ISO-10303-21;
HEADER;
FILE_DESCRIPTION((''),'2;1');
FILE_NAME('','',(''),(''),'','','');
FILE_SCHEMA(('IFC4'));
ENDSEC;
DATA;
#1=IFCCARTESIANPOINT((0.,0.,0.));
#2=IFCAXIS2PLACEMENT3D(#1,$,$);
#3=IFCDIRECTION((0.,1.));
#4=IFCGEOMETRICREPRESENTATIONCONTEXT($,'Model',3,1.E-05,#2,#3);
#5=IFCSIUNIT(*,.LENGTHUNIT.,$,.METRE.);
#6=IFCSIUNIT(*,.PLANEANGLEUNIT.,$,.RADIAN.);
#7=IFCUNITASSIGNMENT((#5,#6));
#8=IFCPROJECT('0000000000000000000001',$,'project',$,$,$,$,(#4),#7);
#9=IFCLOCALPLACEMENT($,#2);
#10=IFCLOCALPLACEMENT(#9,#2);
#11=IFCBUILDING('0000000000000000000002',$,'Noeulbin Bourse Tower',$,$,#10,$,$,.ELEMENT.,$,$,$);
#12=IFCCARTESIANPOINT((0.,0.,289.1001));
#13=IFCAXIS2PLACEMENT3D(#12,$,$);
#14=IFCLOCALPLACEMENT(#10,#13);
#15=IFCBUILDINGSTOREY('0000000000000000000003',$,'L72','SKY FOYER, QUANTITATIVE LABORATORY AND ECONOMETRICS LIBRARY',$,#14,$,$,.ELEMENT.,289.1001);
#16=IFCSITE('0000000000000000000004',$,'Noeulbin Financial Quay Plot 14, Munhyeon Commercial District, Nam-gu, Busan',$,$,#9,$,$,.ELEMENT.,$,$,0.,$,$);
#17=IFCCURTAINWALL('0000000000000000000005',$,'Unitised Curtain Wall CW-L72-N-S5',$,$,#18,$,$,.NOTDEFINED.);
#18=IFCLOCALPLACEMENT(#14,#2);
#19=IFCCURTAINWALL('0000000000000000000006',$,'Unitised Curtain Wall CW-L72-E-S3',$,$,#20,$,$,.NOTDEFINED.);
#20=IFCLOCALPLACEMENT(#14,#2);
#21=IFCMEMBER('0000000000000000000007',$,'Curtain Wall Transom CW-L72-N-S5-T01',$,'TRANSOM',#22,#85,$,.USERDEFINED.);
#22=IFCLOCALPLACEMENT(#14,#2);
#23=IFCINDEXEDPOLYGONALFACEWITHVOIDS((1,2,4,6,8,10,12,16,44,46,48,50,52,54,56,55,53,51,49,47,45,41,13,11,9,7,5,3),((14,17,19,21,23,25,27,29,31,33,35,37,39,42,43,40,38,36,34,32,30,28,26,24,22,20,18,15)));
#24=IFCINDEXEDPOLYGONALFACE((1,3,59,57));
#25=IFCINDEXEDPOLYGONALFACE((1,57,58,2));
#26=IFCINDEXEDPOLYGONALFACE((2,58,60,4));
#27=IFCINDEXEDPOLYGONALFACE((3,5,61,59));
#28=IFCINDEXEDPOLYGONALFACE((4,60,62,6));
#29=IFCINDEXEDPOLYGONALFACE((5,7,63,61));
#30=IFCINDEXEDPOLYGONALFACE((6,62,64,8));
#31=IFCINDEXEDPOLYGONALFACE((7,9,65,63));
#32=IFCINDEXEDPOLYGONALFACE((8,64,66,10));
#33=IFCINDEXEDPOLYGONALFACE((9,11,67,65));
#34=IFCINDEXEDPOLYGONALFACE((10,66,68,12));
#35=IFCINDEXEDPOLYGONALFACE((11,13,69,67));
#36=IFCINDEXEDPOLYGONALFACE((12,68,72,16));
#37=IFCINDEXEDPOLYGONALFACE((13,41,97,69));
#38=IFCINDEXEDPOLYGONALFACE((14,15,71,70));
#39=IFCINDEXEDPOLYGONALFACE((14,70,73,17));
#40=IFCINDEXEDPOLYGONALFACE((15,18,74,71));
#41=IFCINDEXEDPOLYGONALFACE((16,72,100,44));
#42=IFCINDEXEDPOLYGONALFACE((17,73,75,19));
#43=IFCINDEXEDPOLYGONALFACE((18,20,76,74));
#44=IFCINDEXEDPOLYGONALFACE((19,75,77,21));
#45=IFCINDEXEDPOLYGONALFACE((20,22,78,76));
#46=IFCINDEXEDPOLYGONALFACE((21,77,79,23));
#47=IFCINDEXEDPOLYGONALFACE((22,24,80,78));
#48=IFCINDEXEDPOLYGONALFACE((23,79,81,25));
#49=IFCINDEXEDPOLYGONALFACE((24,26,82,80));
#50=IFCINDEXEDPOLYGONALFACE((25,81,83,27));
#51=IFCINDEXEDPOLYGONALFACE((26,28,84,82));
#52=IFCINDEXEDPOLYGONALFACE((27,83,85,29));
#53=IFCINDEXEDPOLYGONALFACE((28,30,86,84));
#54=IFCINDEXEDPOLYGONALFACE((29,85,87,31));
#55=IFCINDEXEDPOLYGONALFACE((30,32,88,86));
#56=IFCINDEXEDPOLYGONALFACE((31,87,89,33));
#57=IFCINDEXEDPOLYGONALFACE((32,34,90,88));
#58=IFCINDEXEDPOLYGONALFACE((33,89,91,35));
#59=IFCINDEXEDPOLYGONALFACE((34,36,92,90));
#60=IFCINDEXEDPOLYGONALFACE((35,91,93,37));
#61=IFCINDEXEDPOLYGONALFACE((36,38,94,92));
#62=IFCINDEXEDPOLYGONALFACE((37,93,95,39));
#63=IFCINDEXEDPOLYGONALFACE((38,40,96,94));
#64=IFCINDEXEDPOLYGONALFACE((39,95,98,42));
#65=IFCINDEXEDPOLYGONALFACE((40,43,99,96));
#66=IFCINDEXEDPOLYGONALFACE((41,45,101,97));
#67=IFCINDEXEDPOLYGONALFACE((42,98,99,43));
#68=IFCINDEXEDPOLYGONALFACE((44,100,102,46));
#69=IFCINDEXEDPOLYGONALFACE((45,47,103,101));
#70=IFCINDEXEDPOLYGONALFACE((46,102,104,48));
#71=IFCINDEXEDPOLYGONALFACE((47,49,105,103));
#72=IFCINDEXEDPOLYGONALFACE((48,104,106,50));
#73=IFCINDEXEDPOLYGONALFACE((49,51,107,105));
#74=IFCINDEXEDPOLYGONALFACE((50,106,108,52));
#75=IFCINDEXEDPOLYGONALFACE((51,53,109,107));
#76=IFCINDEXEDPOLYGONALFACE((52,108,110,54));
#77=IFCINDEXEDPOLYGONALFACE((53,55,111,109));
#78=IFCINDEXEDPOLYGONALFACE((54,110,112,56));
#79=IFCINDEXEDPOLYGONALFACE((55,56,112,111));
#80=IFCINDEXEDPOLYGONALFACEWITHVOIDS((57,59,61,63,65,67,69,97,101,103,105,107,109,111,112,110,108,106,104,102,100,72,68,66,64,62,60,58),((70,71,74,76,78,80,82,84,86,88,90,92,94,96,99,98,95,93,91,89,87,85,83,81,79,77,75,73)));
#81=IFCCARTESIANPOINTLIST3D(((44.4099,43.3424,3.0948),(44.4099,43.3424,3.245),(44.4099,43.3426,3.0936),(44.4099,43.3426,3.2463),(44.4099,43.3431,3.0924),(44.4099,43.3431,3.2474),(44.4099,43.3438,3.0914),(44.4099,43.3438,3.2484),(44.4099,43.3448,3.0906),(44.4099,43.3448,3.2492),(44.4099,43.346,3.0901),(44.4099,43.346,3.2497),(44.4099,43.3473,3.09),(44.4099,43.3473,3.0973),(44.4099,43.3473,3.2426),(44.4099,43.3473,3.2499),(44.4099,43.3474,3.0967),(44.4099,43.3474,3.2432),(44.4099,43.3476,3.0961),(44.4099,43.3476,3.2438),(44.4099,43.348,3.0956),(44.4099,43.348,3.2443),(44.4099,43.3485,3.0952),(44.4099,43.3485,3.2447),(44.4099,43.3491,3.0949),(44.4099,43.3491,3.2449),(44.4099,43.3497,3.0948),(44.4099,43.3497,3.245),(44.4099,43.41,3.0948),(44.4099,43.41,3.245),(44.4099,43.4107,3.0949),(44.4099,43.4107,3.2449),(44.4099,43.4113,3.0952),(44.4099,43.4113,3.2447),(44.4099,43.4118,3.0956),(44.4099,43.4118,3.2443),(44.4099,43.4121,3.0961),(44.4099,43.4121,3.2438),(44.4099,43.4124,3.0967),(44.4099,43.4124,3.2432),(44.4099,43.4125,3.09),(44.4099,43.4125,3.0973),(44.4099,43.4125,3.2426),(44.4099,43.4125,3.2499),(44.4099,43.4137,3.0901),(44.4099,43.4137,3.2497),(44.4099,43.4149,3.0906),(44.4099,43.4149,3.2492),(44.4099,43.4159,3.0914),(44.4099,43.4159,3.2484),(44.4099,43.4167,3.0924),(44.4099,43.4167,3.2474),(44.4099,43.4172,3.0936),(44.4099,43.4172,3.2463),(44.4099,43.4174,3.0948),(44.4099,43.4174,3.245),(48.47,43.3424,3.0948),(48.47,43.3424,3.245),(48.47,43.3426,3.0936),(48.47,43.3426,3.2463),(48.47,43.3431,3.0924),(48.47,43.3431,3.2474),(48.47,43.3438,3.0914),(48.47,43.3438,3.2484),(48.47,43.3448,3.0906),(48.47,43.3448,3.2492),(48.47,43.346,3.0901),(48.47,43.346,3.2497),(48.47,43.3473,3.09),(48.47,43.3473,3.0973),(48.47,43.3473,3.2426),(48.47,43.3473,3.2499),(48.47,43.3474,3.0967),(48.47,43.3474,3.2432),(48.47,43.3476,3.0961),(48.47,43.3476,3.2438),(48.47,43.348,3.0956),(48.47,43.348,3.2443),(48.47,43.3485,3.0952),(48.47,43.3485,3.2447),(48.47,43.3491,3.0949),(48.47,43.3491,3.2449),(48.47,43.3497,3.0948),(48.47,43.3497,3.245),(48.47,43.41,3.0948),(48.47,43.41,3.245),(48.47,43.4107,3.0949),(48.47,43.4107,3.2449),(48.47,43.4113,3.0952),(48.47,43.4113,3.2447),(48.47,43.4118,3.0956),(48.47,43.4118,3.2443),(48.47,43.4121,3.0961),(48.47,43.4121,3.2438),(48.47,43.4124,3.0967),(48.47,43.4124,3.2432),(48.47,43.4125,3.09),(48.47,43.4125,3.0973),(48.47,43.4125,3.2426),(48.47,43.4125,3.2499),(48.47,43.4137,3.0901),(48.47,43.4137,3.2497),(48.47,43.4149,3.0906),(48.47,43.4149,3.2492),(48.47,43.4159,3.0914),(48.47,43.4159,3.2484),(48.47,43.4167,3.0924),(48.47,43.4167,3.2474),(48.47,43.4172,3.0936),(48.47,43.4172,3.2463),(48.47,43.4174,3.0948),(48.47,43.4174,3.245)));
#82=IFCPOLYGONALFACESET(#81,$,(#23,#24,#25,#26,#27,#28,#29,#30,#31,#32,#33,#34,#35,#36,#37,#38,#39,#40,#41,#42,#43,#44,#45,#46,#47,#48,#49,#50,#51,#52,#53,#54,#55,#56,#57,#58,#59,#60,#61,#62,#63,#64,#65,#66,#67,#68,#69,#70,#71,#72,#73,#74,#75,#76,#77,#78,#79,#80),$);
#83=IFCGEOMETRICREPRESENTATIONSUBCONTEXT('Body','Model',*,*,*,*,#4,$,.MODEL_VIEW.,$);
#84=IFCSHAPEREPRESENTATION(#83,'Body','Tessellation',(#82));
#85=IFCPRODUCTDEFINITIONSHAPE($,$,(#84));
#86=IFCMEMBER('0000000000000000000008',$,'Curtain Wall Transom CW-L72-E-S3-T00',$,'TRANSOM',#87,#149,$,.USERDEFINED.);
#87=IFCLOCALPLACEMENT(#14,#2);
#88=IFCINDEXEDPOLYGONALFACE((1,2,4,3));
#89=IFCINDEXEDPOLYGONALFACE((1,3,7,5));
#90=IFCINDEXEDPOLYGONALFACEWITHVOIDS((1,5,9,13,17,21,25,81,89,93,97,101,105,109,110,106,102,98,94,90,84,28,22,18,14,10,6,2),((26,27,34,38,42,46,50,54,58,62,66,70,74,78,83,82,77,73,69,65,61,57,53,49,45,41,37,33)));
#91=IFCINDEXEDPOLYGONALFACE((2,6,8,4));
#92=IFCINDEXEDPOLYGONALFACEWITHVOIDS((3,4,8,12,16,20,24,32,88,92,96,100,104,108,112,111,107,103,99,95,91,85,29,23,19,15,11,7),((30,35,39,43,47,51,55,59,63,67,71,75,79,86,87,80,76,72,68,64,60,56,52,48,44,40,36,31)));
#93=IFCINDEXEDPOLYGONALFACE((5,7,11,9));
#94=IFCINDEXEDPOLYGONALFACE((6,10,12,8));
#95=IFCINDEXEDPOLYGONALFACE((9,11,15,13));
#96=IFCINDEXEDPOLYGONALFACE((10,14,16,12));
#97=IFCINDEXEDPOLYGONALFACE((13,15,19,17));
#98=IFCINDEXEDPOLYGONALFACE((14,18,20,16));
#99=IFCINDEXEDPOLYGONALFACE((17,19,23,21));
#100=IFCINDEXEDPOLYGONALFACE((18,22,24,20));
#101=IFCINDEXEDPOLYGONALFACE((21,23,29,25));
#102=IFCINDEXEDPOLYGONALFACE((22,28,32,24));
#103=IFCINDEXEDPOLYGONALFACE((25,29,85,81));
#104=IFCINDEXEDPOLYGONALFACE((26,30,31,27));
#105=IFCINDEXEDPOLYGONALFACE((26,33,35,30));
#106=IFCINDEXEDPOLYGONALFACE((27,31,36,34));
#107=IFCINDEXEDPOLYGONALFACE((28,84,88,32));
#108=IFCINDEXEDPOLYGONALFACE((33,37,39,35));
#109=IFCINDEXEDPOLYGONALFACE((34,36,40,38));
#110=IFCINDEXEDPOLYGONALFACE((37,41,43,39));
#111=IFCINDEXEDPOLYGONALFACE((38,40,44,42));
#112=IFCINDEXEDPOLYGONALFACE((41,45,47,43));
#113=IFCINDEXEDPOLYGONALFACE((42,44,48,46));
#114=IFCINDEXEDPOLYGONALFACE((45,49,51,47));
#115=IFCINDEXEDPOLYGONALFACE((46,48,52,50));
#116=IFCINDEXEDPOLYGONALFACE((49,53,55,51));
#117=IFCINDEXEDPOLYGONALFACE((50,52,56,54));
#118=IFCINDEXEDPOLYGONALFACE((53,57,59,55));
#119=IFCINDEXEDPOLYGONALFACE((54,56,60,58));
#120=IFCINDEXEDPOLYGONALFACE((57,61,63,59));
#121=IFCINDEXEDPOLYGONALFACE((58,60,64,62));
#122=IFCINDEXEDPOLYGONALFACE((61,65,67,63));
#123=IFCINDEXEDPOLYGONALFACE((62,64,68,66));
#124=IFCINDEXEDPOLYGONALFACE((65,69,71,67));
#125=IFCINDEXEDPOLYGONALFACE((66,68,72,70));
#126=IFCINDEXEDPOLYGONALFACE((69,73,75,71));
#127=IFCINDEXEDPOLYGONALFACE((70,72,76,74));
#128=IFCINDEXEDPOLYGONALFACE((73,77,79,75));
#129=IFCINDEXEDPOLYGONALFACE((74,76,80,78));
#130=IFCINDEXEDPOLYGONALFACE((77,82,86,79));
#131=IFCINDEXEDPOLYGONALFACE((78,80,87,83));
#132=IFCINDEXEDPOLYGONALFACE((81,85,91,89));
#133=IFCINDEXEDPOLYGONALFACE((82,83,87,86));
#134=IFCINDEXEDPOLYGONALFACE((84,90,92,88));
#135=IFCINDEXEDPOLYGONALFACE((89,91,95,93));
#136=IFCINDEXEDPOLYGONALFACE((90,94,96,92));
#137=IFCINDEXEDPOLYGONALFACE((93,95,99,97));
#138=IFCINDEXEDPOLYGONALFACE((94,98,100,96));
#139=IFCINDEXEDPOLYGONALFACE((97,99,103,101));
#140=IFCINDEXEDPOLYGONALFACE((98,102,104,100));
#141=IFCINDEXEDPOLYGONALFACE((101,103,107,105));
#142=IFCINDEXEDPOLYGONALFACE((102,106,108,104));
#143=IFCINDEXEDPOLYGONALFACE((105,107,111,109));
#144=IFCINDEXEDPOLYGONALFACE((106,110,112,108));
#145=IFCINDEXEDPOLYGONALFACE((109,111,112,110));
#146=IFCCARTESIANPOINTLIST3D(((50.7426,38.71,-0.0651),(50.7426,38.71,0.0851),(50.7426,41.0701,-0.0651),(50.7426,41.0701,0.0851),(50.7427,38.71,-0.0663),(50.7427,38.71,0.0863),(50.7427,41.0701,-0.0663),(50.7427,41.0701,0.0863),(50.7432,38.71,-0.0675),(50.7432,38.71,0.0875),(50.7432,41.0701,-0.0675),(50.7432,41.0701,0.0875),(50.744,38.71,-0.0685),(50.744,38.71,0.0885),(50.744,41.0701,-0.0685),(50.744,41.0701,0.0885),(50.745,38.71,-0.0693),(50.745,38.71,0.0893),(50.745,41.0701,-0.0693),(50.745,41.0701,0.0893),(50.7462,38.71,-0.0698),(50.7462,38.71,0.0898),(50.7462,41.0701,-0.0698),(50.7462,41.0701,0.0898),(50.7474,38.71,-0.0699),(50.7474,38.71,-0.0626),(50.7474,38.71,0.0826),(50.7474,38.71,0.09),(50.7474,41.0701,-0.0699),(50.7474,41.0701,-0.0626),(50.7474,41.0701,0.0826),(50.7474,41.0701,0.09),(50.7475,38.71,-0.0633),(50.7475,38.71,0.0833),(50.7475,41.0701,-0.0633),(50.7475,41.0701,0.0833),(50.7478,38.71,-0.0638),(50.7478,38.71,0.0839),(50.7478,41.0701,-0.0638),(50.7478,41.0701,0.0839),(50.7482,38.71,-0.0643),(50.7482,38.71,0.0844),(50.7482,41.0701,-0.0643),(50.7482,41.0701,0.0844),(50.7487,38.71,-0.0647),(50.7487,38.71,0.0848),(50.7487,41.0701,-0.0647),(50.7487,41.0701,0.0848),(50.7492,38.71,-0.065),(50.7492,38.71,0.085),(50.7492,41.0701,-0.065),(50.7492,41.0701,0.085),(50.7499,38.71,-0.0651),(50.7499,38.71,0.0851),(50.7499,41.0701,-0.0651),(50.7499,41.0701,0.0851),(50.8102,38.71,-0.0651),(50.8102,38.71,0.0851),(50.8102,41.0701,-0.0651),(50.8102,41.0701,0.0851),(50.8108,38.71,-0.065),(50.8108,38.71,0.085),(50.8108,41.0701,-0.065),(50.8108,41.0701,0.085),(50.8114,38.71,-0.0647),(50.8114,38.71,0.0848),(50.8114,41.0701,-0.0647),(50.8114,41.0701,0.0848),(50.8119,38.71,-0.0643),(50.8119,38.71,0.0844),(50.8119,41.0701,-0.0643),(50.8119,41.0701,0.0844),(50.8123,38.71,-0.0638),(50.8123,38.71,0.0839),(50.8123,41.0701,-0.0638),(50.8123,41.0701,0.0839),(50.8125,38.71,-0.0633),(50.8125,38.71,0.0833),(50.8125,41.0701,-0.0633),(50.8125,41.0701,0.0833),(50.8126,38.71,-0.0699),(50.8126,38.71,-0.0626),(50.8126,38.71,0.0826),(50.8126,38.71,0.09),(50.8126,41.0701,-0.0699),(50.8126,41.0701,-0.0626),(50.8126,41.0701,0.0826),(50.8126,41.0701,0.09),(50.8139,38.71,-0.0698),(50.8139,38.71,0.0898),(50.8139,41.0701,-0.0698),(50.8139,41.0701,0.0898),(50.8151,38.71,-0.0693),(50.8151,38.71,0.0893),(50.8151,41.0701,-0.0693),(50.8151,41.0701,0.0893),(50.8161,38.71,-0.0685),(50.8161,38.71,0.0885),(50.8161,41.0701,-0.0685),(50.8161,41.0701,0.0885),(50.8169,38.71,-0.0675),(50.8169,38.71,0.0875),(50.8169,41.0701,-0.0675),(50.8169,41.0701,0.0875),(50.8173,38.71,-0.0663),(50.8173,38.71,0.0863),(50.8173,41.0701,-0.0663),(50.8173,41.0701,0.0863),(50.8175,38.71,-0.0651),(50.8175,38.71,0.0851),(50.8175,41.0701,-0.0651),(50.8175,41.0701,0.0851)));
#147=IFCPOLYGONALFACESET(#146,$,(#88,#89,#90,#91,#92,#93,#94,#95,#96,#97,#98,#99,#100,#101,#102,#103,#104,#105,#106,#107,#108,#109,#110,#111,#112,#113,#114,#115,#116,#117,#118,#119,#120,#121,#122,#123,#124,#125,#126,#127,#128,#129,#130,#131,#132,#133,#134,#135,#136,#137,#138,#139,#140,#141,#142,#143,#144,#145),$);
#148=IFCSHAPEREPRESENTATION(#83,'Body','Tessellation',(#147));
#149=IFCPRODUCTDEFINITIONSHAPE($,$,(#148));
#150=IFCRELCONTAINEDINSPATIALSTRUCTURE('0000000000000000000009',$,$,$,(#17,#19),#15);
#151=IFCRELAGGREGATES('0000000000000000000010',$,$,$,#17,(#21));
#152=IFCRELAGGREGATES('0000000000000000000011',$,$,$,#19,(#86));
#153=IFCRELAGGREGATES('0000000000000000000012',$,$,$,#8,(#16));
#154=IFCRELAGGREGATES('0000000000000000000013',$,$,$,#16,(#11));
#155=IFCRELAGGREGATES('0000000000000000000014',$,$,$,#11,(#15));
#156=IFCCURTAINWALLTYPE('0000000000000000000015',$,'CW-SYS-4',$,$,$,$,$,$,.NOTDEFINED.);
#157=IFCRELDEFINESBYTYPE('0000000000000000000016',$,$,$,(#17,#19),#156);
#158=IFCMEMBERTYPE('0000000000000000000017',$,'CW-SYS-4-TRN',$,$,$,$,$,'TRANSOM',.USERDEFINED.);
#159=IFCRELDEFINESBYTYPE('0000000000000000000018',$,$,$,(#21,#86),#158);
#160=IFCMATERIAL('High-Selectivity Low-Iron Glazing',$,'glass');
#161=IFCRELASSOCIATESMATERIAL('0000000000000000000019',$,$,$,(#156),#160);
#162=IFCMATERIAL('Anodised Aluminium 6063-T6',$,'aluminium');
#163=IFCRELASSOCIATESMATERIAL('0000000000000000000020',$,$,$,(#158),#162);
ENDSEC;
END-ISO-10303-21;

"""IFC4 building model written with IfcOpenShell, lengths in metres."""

from ifc_helpers import new_model, si_unit, direction, frame, origin, origin_2d, place, context, subcontext, project, spatial, hollow_rectangle, extrude, material, material_profile, profile_set, type_object, element, aggregate, save


model = new_model("IFC4")

# Units and contexts
model_context = context("Model", 3, precision=1e-05, world=origin(), true_north=direction((0.0, 1.0)))
body_context = subcontext(model_context, "Body", "Model", "MODEL_VIEW")
ifc_project = project(units=[si_unit("LENGTHUNIT", "METRE"), si_unit("PLANEANGLEUNIT", "RADIAN")], contexts=[model_context])

# Site, building, storey
site_placement = place(None, origin())
site = spatial("IfcSite", under=ifc_project, at=site_placement, Name="Noeulbin Financial Quay Plot 14, Munhyeon Commercial District, Nam-gu, Busan", CompositionType="ELEMENT", RefElevation=0.0)
building_placement = place(site_placement, origin())
building = spatial("IfcBuilding", under=site, at=building_placement, Name="Noeulbin Bourse Tower", CompositionType="ELEMENT")
storey_placement = place(building_placement, frame((0.0, 0.0, 289.1001)))
storey = spatial("IfcBuildingStorey", under=building, at=storey_placement, Name="L72", Description="SKY FOYER, QUANTITATIVE LABORATORY AND ECONOMETRICS LIBRARY", CompositionType="ELEMENT", Elevation=289.1001)

# Shared definitions
ifc_material_1 = material(Name="High-Selectivity Low-Iron Glazing", Category="glass")
curtain_wall_type = type_object("IfcCurtainWallType", Name="CW-SYS-4", PredefinedType="NOTDEFINED", material=ifc_material_1)
ifc_material_2 = material(Name="Anodised Aluminium 6063-T6", Category="aluminium")

# Curtain walls
curtain_wall_1_placement = place(storey_placement, origin())
curtain_wall_1 = element("IfcCurtainWall", 1, at=curtain_wall_1_placement, inside=storey, type_object=curtain_wall_type, Name="Unitised Curtain Wall CW-L72-N-S5", PredefinedType="NOTDEFINED")
curtain_wall_2_placement = place(storey_placement, origin())
curtain_wall_2 = element("IfcCurtainWall", 2, at=curtain_wall_2_placement, inside=storey, type_object=curtain_wall_type, Name="Unitised Curtain Wall CW-L72-E-S3", PredefinedType="NOTDEFINED")

# Members
ifc_material_profile_1 = material_profile(ifc_material_2, hollow_rectangle(XDim=0.075, YDim=0.1599, WallThickness=0.0049, InnerFilletRadius=0.0024, OuterFilletRadius=0.0049, at=origin_2d()), Name="ALU-TRAN-75x160x5", Category="LoadBearing")
ifc_profile_set_1 = profile_set([ifc_material_profile_1], Name="Anodised Aluminium 6063-T6")
member_type_1 = type_object("IfcMemberType", Name="CW-SYS-4-TRN", ElementType="TRANSOM", PredefinedType="USERDEFINED", material=ifc_profile_set_1)
member_1_placement = place(storey_placement, frame((44.4099, 43.3799, 3.1699), z_axis=(1.0, 0.0, 0.0), x_axis=(0.0, 1.0, 0.0)))
member_1 = element("IfcMember", 3, at=member_1_placement, type_object=member_type_1, Name="Curtain Wall Transom CW-L72-N-S5-T01", ObjectType="TRANSOM", PredefinedType="USERDEFINED", context=body_context, shape_type="SweptSolid", body=[
    extrude(hollow_rectangle(XDim=0.075, YDim=0.1599, WallThickness=0.0049, InnerFilletRadius=0.0024, OuterFilletRadius=0.0049, at=origin_2d()), origin(), (0.0, 0.0, 1.0), 4.0601),
])
member_2_placement = place(storey_placement, frame((50.78, 38.71, 0.01), z_axis=(0.0, 1.0, 0.0), x_axis=(-1.0, 0.0, 0.0)))
member_2 = element("IfcMember", 4, at=member_2_placement, type_object=member_type_1, Name="Curtain Wall Transom CW-L72-E-S3-T00", ObjectType="TRANSOM", PredefinedType="USERDEFINED", context=body_context, shape_type="SweptSolid", body=[
    extrude(hollow_rectangle(XDim=0.075, YDim=0.1599, WallThickness=0.0049, InnerFilletRadius=0.0024, OuterFilletRadius=0.0049, at=origin_2d()), origin(), (0.0, 0.0, 1.0), 2.3601),
])

aggregate(curtain_wall_1, [member_1])
aggregate(curtain_wall_2, [member_2])

save(model, "model.ifc")
